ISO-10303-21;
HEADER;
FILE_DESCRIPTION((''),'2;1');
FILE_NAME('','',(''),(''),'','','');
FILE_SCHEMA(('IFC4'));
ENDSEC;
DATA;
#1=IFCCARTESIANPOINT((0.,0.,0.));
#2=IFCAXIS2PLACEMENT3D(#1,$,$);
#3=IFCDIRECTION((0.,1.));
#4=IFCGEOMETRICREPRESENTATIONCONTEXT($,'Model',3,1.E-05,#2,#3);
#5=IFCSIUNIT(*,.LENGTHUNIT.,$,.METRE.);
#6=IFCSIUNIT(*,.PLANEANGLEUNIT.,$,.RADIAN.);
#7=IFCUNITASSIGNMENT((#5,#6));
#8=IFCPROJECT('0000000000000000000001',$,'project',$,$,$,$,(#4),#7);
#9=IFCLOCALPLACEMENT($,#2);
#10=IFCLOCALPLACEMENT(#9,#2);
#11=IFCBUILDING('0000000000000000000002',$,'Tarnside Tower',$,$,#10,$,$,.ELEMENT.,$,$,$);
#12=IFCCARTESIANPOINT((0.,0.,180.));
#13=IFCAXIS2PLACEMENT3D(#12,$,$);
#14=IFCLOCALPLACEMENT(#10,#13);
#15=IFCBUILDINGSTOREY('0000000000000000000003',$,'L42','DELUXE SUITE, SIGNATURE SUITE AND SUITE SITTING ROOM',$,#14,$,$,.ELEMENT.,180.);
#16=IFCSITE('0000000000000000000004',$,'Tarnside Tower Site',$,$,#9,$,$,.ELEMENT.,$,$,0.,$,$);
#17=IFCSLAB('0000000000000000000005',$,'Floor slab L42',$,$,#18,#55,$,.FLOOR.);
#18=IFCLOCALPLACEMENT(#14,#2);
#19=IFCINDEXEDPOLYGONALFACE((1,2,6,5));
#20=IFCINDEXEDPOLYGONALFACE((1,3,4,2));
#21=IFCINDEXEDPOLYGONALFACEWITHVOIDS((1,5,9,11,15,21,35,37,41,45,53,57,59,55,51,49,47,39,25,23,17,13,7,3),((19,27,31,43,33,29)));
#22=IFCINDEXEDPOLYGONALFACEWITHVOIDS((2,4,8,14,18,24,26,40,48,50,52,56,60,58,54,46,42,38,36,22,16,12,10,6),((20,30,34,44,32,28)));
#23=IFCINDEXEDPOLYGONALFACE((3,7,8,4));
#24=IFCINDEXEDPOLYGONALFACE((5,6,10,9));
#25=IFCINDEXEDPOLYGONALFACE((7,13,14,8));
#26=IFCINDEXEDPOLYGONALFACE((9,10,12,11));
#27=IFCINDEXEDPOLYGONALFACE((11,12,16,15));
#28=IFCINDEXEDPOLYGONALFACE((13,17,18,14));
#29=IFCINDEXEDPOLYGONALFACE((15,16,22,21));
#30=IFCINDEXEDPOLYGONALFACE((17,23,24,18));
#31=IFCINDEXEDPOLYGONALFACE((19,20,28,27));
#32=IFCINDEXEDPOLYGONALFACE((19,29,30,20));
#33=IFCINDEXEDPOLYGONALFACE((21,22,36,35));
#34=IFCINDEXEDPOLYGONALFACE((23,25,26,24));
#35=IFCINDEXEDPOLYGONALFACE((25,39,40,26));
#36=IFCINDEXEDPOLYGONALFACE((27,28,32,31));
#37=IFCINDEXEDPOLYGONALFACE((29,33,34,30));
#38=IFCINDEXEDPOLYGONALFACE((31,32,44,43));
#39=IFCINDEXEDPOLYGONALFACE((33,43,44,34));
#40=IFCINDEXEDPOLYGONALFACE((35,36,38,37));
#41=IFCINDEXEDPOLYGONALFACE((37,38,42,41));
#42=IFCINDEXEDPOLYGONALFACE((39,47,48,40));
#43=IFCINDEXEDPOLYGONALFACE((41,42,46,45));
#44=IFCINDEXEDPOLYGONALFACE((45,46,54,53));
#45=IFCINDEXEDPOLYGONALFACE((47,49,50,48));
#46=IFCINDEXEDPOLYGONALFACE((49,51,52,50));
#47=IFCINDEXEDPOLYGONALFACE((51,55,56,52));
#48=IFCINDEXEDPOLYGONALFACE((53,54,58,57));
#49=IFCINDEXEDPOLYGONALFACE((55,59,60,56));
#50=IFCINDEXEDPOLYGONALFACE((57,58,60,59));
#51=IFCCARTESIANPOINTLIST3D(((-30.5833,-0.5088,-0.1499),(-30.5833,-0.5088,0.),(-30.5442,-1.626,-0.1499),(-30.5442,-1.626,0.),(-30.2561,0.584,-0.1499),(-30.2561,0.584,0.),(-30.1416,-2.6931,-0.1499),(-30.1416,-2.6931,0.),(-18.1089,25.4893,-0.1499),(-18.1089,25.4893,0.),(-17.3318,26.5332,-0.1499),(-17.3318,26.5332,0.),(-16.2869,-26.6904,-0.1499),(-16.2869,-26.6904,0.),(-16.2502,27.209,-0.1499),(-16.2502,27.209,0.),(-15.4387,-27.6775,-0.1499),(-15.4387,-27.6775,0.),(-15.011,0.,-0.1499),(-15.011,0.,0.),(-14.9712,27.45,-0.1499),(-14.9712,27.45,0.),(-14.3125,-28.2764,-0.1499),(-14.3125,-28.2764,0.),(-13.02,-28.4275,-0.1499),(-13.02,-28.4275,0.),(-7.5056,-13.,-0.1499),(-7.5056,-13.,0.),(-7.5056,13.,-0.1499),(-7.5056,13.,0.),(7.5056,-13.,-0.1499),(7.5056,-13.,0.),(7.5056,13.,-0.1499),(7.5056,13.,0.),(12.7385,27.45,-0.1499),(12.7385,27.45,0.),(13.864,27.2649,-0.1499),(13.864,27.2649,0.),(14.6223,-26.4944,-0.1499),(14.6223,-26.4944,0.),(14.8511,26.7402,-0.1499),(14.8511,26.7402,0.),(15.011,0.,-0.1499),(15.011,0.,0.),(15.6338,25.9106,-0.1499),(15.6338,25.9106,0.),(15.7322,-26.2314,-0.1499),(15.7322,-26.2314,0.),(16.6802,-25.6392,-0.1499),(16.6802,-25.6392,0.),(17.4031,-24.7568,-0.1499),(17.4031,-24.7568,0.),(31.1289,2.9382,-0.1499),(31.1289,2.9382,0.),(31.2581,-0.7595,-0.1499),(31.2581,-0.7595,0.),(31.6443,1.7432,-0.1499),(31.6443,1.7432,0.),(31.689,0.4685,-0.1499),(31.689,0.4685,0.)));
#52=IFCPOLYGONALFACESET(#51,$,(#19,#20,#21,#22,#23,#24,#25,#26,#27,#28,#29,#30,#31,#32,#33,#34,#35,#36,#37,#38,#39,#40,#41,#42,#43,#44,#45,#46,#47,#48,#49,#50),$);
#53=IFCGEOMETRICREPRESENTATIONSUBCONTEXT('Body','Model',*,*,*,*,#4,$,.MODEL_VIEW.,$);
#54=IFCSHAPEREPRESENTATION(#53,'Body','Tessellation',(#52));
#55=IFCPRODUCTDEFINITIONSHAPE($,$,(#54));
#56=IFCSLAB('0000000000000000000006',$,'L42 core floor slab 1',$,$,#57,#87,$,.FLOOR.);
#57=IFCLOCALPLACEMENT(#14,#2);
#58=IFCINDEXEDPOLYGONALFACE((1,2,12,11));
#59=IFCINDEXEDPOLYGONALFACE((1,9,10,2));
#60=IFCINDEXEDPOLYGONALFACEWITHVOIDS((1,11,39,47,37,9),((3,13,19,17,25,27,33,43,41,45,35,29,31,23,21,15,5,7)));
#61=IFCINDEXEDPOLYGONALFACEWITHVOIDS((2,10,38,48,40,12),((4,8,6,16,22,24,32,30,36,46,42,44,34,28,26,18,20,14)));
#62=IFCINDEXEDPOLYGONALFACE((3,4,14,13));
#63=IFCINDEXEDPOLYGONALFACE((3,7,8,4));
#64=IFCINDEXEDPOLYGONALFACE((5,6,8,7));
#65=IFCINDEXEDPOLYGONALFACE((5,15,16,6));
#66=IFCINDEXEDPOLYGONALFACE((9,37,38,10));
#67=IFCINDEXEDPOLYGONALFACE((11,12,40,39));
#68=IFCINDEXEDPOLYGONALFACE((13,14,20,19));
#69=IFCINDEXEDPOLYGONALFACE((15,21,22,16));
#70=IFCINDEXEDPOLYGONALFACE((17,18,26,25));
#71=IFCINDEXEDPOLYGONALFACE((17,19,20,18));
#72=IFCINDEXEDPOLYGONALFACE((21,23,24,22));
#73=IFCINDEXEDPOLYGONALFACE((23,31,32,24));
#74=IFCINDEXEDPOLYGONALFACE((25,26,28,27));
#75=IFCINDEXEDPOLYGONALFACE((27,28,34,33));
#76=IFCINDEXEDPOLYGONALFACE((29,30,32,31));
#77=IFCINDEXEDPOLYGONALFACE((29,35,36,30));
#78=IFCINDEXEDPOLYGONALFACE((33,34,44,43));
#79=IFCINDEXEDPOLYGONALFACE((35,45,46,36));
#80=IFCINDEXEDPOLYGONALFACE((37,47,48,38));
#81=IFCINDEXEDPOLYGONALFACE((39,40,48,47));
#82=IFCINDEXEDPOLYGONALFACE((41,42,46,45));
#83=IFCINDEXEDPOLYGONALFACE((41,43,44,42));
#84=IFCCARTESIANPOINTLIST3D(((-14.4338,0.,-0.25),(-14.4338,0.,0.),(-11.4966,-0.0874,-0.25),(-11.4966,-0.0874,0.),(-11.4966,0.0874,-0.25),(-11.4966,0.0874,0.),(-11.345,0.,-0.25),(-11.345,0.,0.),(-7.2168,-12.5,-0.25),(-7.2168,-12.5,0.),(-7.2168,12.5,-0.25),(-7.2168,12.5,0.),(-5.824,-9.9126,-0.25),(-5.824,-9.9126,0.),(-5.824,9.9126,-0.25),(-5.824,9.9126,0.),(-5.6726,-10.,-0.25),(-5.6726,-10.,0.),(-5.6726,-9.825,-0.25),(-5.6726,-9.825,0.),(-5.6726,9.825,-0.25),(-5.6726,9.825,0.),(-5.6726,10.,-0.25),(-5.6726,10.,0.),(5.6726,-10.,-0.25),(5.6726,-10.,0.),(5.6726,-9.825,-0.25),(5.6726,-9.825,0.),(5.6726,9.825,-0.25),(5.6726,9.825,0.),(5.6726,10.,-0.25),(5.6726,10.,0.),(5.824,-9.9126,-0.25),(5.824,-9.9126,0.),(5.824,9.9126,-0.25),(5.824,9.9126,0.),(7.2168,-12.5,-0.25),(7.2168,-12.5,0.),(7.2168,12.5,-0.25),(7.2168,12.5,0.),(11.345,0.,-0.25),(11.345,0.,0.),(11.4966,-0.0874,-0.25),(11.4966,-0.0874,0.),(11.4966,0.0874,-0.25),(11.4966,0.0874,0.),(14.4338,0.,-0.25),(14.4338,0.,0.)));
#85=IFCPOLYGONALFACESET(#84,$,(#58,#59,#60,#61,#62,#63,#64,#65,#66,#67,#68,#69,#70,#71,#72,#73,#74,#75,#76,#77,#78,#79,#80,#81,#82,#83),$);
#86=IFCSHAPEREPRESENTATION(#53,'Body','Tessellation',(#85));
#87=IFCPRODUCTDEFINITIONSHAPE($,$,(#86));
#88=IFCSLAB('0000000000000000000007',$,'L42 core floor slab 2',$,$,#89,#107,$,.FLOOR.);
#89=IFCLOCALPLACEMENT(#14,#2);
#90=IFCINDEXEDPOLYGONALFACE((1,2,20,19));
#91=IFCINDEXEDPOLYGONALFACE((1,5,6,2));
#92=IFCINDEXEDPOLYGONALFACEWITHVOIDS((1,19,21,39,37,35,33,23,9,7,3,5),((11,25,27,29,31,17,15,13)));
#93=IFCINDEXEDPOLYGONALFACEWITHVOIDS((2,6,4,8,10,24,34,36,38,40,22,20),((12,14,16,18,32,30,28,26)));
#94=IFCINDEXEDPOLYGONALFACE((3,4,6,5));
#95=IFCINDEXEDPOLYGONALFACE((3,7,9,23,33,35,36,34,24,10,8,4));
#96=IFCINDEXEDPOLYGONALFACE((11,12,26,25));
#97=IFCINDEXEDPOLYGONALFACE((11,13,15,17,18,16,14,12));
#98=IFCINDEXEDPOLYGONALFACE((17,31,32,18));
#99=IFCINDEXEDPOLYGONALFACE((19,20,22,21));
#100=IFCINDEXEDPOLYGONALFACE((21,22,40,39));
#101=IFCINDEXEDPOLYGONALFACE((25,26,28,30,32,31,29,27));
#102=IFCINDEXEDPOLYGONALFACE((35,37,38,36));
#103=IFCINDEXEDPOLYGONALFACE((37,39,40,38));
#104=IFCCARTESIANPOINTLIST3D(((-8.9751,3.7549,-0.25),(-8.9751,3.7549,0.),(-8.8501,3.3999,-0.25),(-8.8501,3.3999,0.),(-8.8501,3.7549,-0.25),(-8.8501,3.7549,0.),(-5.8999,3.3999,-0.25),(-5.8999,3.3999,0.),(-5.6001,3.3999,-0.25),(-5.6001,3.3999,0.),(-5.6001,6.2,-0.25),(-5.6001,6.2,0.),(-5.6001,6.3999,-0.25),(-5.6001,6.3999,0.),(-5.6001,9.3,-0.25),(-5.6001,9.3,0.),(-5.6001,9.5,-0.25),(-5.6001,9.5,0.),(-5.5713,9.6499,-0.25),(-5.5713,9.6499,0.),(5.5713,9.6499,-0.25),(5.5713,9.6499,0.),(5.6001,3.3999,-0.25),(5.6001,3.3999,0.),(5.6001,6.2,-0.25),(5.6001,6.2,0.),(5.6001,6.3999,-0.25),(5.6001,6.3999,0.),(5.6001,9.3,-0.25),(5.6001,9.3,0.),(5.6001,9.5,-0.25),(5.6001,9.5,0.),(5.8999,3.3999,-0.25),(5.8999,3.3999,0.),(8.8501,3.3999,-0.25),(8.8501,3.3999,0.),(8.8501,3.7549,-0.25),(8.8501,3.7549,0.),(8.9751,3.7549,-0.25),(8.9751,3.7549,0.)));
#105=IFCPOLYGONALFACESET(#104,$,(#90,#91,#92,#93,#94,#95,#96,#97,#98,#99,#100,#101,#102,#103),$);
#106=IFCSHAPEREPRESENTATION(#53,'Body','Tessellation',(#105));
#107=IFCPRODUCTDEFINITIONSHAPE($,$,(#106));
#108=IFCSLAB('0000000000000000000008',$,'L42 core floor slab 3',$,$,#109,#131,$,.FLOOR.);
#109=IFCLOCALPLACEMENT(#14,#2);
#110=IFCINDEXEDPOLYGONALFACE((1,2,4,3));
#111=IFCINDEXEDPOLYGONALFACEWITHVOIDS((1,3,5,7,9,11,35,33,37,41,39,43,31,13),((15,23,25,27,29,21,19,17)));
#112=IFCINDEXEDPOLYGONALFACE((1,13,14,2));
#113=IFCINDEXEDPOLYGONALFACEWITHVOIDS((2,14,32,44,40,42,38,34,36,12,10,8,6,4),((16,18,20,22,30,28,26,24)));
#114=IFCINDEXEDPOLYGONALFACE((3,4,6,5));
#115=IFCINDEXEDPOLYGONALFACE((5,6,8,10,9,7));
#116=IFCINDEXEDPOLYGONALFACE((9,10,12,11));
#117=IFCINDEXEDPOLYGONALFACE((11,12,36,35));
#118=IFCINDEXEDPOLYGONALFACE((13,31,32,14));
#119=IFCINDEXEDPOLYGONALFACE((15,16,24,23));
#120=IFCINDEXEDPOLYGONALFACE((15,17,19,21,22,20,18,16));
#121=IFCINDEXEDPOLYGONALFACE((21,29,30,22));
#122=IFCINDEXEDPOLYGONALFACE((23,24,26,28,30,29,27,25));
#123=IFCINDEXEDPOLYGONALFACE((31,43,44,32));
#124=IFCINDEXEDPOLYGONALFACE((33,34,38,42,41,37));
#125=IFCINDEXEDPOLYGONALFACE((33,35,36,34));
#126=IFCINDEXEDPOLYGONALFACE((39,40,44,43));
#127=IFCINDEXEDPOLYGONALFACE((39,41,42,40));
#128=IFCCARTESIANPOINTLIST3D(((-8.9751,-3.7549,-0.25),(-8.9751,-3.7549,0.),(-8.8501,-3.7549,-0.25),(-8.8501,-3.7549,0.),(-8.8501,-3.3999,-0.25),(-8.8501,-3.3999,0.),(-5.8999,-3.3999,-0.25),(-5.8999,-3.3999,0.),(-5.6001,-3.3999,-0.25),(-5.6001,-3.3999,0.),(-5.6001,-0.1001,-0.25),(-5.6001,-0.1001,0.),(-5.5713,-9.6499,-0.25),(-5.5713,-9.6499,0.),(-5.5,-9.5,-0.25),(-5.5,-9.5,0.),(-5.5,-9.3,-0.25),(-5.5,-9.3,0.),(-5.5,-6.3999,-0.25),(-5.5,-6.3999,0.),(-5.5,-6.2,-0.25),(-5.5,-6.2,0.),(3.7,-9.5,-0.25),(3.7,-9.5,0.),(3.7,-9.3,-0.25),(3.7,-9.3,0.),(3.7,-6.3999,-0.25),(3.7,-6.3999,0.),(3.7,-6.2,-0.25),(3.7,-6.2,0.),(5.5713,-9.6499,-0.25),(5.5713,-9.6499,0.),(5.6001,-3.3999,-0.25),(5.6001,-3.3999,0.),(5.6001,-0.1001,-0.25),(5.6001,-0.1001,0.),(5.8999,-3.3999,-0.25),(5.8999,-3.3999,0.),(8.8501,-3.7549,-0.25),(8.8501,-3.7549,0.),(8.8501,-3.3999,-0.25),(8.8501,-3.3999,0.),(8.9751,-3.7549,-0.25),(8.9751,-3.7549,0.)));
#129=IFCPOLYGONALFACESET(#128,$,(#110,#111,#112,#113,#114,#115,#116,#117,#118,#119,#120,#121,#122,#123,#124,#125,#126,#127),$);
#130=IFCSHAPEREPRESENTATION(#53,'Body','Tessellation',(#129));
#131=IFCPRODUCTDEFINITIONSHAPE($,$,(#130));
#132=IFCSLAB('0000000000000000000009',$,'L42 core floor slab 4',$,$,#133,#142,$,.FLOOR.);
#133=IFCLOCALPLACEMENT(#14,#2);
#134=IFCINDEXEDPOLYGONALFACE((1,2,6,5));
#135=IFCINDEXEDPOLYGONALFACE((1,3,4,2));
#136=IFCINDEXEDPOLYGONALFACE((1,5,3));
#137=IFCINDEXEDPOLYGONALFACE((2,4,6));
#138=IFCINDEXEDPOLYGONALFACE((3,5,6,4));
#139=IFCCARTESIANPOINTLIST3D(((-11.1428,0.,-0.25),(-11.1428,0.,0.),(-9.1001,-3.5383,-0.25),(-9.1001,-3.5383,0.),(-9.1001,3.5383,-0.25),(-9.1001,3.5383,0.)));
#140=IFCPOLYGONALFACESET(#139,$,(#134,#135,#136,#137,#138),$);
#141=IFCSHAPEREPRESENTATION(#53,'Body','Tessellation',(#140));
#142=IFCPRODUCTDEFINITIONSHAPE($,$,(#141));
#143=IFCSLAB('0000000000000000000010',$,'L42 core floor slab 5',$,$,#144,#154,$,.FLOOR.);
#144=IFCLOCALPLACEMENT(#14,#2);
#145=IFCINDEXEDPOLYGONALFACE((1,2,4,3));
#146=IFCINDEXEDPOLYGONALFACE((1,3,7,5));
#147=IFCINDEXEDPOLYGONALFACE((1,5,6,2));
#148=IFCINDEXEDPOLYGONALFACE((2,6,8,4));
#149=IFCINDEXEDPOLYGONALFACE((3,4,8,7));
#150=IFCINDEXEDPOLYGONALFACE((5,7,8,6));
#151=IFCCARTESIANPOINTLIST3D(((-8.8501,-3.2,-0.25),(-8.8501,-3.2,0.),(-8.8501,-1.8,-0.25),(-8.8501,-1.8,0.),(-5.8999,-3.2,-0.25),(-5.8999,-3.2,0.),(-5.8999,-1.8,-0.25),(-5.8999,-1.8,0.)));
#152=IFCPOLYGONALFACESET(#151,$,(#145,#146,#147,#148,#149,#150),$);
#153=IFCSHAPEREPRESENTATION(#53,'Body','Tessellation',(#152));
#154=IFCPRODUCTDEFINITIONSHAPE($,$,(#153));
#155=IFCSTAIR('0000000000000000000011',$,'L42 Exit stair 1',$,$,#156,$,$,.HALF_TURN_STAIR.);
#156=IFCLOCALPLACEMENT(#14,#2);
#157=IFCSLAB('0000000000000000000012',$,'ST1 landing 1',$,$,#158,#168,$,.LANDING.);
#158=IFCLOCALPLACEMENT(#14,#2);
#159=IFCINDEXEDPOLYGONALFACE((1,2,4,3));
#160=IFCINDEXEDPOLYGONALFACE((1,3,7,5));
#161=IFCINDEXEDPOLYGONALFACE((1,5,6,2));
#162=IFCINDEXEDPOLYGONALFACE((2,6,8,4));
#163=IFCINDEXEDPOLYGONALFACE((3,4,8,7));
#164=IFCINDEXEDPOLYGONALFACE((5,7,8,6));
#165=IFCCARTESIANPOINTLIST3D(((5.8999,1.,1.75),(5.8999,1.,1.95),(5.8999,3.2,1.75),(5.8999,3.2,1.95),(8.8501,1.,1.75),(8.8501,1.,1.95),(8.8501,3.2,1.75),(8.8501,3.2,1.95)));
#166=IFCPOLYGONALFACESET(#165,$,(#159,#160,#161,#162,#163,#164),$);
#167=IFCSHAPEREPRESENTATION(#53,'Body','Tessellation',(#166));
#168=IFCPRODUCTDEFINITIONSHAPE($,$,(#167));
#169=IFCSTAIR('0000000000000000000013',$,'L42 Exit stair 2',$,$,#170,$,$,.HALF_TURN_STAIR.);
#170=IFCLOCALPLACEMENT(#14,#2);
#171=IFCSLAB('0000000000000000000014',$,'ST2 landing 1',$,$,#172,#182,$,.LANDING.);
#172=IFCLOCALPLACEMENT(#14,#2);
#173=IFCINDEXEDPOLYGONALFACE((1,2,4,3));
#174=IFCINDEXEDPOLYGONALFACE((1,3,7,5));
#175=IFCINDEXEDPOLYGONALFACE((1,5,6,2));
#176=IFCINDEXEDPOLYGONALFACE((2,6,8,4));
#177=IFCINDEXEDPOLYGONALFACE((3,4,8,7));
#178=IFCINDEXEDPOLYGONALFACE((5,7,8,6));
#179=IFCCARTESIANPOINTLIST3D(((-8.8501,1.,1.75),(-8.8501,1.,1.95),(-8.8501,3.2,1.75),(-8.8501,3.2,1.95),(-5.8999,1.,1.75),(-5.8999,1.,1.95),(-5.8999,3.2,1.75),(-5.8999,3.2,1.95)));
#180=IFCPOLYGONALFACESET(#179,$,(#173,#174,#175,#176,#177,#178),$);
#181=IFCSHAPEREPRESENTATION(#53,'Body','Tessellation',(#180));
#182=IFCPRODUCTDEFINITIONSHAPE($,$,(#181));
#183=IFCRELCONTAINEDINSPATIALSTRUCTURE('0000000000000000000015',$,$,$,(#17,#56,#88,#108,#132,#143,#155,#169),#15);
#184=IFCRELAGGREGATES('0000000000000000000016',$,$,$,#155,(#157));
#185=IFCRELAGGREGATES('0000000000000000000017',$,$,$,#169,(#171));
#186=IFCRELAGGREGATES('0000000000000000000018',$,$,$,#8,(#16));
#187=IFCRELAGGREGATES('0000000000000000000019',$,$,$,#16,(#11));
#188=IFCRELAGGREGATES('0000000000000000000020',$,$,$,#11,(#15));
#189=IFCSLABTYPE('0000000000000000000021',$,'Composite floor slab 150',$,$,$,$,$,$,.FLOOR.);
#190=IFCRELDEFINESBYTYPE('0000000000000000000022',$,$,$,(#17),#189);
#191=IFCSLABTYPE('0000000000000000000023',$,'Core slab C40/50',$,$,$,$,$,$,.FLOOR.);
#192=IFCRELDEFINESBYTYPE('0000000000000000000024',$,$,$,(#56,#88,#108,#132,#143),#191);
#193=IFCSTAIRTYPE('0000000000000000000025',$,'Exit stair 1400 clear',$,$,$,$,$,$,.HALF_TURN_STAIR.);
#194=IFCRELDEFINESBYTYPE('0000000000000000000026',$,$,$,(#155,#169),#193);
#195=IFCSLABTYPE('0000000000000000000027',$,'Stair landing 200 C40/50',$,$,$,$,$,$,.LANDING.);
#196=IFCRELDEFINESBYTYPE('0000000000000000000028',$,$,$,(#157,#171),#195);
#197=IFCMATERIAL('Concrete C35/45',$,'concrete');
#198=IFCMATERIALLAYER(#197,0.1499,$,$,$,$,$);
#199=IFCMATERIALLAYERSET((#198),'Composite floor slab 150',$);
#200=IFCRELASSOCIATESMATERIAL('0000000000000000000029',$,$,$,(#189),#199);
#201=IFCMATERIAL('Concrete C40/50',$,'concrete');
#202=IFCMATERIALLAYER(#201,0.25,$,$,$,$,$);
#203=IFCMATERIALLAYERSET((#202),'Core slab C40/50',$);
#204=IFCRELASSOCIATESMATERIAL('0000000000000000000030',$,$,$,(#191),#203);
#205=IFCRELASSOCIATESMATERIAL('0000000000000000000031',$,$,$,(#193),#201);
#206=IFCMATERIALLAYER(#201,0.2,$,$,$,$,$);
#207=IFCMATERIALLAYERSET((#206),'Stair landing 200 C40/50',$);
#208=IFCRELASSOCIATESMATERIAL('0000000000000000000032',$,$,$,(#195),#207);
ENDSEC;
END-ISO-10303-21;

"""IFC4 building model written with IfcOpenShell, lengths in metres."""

from ifc_helpers import new_model, si_unit, direction, frame, origin, place, context, subcontext, project, spatial, polyline, outline, extrude, material, layer, layer_set, type_object, element, aggregate, save


model = new_model("IFC4")

# Units and contexts
model_context = context("Model", 3, precision=1e-05, world=origin(), true_north=direction((0.0, 1.0)))
body_context = subcontext(model_context, "Body", "Model", "MODEL_VIEW")
ifc_project = project(units=[si_unit("LENGTHUNIT", "METRE"), si_unit("PLANEANGLEUNIT", "RADIAN")], contexts=[model_context])

# Site, building, storey
site_placement = place(None, origin())
site = spatial("IfcSite", under=ifc_project, at=site_placement, Name="Tarnside Tower Site", CompositionType="ELEMENT", RefElevation=0.0)
building_placement = place(site_placement, origin())
building = spatial("IfcBuilding", under=site, at=building_placement, Name="Tarnside Tower", CompositionType="ELEMENT")
storey_placement = place(building_placement, frame((0.0, 0.0, 180.0)))
storey = spatial("IfcBuildingStorey", under=building, at=storey_placement, Name="L42", Description="DELUXE SUITE, SIGNATURE SUITE AND SUITE SITTING ROOM", CompositionType="ELEMENT", Elevation=180.0)

# Slabs
ifc_material_1 = material(Name="Concrete C35/45", Category="concrete")
ifc_layer_1 = layer(ifc_material_1, 0.1499)
ifc_layer_set_1 = layer_set([ifc_layer_1], Name="Composite floor slab 150")
slab_type_1 = type_object("IfcSlabType", Name="Composite floor slab 150", PredefinedType="FLOOR", material=ifc_layer_set_1)
slab_1_placement = place(storey_placement, frame((0.0, 0.0, -0.1499)))
element("IfcSlab", 1, at=slab_1_placement, inside=storey, type_object=slab_type_1, Name="Floor slab L42", PredefinedType="FLOOR", context=body_context, shape_type="SweptSolid", body=[
    extrude(outline(polyline([(13.864, 27.2649), (14.8511, 26.7402), (15.6338, 25.9106), (31.1289, 2.9382), (31.6443, 1.7432), (31.689, 0.4685), (31.2581, -0.7595), (17.4031, -24.7568), (16.6802, -25.6392), (15.7322, -26.2314), (14.6223, -26.4944), (-13.02, -28.4275), (-14.3125, -28.2764), (-15.4387, -27.6775), (-16.2869, -26.6904), (-30.1416, -2.6931), (-30.5442, -1.626), (-30.5833, -0.5088), (-30.2561, 0.584), (-18.1089, 25.4893), (-17.3318, 26.5332), (-16.2502, 27.209), (-14.9712, 27.45), (12.7385, 27.45), (13.864, 27.2649)]), holes=[polyline([(-15.011, 0.0), (-7.5056, -13.0), (7.5056, -13.0), (15.011, 0.0), (7.5056, 13.0), (-7.5056, 13.0), (-15.011, 0.0)])]), origin(), (0.0, 0.0, 1.0), 0.1499),
])
ifc_material_2 = material(Name="Concrete C40/50", Category="concrete")
ifc_layer_2 = layer(ifc_material_2, 0.25)
ifc_layer_set_2 = layer_set([ifc_layer_2], Name="Core slab C40/50")
slab_type_2 = type_object("IfcSlabType", Name="Core slab C40/50", PredefinedType="FLOOR", material=ifc_layer_set_2)
slab_2_placement = place(storey_placement, frame((0.0, 0.0, -0.25)))
element("IfcSlab", 2, at=slab_2_placement, inside=storey, type_object=slab_type_2, Name="L42 core floor slab 1", PredefinedType="FLOOR", context=body_context, shape_type="SweptSolid", body=[
    extrude(outline(polyline([(-7.2168, 12.5), (7.2168, 12.5), (14.4338, 0.0), (7.2168, -12.5), (-7.2168, -12.5), (-14.4338, 0.0), (-7.2168, 12.5)]), holes=[polyline([(5.824, -9.9126), (11.4966, -0.0874), (11.345, 0.0), (11.4966, 0.0874), (5.824, 9.9126), (5.6726, 9.825), (5.6726, 10.0), (-5.6726, 10.0), (-5.6726, 9.825), (-5.824, 9.9126), (-11.4966, 0.0874), (-11.345, 0.0), (-11.4966, -0.0874), (-5.824, -9.9126), (-5.6726, -9.825), (-5.6726, -10.0), (5.6726, -10.0), (5.6726, -9.825), (5.824, -9.9126)])]), origin(), (0.0, 0.0, 1.0), 0.25),
])
slab_3_placement = place(storey_placement, frame((0.0, 0.0, -0.25)))
element("IfcSlab", 3, at=slab_3_placement, inside=storey, type_object=slab_type_2, Name="L42 core floor slab 2", PredefinedType="FLOOR", context=body_context, shape_type="SweptSolid", body=[
    extrude(outline(polyline([(-8.9751, 3.7549), (-5.5713, 9.6499), (5.5713, 9.6499), (8.9751, 3.7549), (8.8501, 3.7549), (8.8501, 3.3999), (5.8999, 3.3999), (5.6001, 3.3999), (5.6001, 3.3999), (-5.6001, 3.3999), (-5.8999, 3.3999), (-8.8501, 3.3999), (-8.8501, 3.7549), (-8.9751, 3.7549)]), holes=[polyline([(-5.6001, 6.2), (5.6001, 6.2), (5.6001, 6.3999), (5.6001, 9.3), (5.6001, 9.5), (-5.6001, 9.5), (-5.6001, 9.3), (-5.6001, 6.3999), (-5.6001, 6.2)])]), origin(), (0.0, 0.0, 1.0), 0.25),
])
slab_4_placement = place(storey_placement, frame((0.0, 0.0, -0.25)))
element("IfcSlab", 4, at=slab_4_placement, inside=storey, type_object=slab_type_2, Name="L42 core floor slab 3", PredefinedType="FLOOR", context=body_context, shape_type="SweptSolid", body=[
    extrude(outline(polyline([(5.6001, -3.3999), (5.8999, -3.3999), (8.8501, -3.3999), (8.8501, -3.7549), (8.9751, -3.7549), (5.5713, -9.6499), (-5.5713, -9.6499), (-8.9751, -3.7549), (-8.8501, -3.7549), (-8.8501, -3.3999), (-5.8999, -3.3999), (-5.6001, -3.3999), (-5.6001, -0.1001), (5.6001, -0.1001), (5.6001, -3.3999)]), holes=[polyline([(-5.5, -9.3), (-5.5, -9.5), (3.7, -9.5), (3.7, -9.3), (3.7, -6.3999), (3.7, -6.2), (-5.5, -6.2), (-5.5, -6.3999), (-5.5, -9.3)])]), origin(), (0.0, 0.0, 1.0), 0.25),
])
slab_5_placement = place(storey_placement, frame((0.0, 0.0, -0.25)))
element("IfcSlab", 5, at=slab_5_placement, inside=storey, type_object=slab_type_2, Name="L42 core floor slab 4", PredefinedType="FLOOR", context=body_context, shape_type="SweptSolid", body=[
    extrude(outline(polyline([(-11.1428, 0.0), (-9.1001, 3.5383), (-9.1001, -3.5383), (-11.1428, 0.0)])), origin(), (0.0, 0.0, 1.0), 0.25),
])
slab_6_placement = place(storey_placement, frame((0.0, 0.0, -0.25)))
element("IfcSlab", 6, at=slab_6_placement, inside=storey, type_object=slab_type_2, Name="L42 core floor slab 5", PredefinedType="FLOOR", context=body_context, shape_type="SweptSolid", body=[
    extrude(outline(polyline([(-8.8501, -1.8), (-5.8999, -1.8), (-5.8999, -3.2), (-8.8501, -3.2), (-8.8501, -1.8)])), origin(), (0.0, 0.0, 1.0), 0.25),
])

# Stairs, slabs
stair_type = type_object("IfcStairType", Name="Exit stair 1400 clear", PredefinedType="HALF_TURN_STAIR", material=ifc_material_2)
stair_1_placement = place(storey_placement, origin())
stair_1 = element("IfcStair", 7, at=stair_1_placement, inside=storey, type_object=stair_type, Name="L42 Exit stair 1", PredefinedType="HALF_TURN_STAIR")
ifc_layer_3 = layer(ifc_material_2, 0.2)
ifc_layer_set_3 = layer_set([ifc_layer_3], Name="Stair landing 200 C40/50")
slab_type_3 = type_object("IfcSlabType", Name="Stair landing 200 C40/50", PredefinedType="LANDING", material=ifc_layer_set_3)
slab_7_placement = place(storey_placement, frame((0.0, 0.0, 1.75)))
slab_7 = element("IfcSlab", 8, at=slab_7_placement, type_object=slab_type_3, Name="ST1 landing 1", PredefinedType="LANDING", context=body_context, shape_type="SweptSolid", body=[
    extrude(outline(polyline([(8.8501, 1.0), (8.8501, 3.2), (5.8999, 3.2), (5.8999, 1.0), (8.8501, 1.0)])), origin(), (0.0, 0.0, 1.0), 0.2),
])
aggregate(stair_1, [slab_7])
stair_2_placement = place(storey_placement, origin())
stair_2 = element("IfcStair", 9, at=stair_2_placement, inside=storey, type_object=stair_type, Name="L42 Exit stair 2", PredefinedType="HALF_TURN_STAIR")
slab_8_placement = place(storey_placement, frame((0.0, 0.0, 1.75)))
slab_8 = element("IfcSlab", 10, at=slab_8_placement, type_object=slab_type_3, Name="ST2 landing 1", PredefinedType="LANDING", context=body_context, shape_type="SweptSolid", body=[
    extrude(outline(polyline([(-5.8999, 1.0), (-5.8999, 3.2), (-8.8501, 3.2), (-8.8501, 1.0), (-5.8999, 1.0)])), origin(), (0.0, 0.0, 1.0), 0.2),
])

aggregate(stair_2, [slab_8])

save(model, "model.ifc")
